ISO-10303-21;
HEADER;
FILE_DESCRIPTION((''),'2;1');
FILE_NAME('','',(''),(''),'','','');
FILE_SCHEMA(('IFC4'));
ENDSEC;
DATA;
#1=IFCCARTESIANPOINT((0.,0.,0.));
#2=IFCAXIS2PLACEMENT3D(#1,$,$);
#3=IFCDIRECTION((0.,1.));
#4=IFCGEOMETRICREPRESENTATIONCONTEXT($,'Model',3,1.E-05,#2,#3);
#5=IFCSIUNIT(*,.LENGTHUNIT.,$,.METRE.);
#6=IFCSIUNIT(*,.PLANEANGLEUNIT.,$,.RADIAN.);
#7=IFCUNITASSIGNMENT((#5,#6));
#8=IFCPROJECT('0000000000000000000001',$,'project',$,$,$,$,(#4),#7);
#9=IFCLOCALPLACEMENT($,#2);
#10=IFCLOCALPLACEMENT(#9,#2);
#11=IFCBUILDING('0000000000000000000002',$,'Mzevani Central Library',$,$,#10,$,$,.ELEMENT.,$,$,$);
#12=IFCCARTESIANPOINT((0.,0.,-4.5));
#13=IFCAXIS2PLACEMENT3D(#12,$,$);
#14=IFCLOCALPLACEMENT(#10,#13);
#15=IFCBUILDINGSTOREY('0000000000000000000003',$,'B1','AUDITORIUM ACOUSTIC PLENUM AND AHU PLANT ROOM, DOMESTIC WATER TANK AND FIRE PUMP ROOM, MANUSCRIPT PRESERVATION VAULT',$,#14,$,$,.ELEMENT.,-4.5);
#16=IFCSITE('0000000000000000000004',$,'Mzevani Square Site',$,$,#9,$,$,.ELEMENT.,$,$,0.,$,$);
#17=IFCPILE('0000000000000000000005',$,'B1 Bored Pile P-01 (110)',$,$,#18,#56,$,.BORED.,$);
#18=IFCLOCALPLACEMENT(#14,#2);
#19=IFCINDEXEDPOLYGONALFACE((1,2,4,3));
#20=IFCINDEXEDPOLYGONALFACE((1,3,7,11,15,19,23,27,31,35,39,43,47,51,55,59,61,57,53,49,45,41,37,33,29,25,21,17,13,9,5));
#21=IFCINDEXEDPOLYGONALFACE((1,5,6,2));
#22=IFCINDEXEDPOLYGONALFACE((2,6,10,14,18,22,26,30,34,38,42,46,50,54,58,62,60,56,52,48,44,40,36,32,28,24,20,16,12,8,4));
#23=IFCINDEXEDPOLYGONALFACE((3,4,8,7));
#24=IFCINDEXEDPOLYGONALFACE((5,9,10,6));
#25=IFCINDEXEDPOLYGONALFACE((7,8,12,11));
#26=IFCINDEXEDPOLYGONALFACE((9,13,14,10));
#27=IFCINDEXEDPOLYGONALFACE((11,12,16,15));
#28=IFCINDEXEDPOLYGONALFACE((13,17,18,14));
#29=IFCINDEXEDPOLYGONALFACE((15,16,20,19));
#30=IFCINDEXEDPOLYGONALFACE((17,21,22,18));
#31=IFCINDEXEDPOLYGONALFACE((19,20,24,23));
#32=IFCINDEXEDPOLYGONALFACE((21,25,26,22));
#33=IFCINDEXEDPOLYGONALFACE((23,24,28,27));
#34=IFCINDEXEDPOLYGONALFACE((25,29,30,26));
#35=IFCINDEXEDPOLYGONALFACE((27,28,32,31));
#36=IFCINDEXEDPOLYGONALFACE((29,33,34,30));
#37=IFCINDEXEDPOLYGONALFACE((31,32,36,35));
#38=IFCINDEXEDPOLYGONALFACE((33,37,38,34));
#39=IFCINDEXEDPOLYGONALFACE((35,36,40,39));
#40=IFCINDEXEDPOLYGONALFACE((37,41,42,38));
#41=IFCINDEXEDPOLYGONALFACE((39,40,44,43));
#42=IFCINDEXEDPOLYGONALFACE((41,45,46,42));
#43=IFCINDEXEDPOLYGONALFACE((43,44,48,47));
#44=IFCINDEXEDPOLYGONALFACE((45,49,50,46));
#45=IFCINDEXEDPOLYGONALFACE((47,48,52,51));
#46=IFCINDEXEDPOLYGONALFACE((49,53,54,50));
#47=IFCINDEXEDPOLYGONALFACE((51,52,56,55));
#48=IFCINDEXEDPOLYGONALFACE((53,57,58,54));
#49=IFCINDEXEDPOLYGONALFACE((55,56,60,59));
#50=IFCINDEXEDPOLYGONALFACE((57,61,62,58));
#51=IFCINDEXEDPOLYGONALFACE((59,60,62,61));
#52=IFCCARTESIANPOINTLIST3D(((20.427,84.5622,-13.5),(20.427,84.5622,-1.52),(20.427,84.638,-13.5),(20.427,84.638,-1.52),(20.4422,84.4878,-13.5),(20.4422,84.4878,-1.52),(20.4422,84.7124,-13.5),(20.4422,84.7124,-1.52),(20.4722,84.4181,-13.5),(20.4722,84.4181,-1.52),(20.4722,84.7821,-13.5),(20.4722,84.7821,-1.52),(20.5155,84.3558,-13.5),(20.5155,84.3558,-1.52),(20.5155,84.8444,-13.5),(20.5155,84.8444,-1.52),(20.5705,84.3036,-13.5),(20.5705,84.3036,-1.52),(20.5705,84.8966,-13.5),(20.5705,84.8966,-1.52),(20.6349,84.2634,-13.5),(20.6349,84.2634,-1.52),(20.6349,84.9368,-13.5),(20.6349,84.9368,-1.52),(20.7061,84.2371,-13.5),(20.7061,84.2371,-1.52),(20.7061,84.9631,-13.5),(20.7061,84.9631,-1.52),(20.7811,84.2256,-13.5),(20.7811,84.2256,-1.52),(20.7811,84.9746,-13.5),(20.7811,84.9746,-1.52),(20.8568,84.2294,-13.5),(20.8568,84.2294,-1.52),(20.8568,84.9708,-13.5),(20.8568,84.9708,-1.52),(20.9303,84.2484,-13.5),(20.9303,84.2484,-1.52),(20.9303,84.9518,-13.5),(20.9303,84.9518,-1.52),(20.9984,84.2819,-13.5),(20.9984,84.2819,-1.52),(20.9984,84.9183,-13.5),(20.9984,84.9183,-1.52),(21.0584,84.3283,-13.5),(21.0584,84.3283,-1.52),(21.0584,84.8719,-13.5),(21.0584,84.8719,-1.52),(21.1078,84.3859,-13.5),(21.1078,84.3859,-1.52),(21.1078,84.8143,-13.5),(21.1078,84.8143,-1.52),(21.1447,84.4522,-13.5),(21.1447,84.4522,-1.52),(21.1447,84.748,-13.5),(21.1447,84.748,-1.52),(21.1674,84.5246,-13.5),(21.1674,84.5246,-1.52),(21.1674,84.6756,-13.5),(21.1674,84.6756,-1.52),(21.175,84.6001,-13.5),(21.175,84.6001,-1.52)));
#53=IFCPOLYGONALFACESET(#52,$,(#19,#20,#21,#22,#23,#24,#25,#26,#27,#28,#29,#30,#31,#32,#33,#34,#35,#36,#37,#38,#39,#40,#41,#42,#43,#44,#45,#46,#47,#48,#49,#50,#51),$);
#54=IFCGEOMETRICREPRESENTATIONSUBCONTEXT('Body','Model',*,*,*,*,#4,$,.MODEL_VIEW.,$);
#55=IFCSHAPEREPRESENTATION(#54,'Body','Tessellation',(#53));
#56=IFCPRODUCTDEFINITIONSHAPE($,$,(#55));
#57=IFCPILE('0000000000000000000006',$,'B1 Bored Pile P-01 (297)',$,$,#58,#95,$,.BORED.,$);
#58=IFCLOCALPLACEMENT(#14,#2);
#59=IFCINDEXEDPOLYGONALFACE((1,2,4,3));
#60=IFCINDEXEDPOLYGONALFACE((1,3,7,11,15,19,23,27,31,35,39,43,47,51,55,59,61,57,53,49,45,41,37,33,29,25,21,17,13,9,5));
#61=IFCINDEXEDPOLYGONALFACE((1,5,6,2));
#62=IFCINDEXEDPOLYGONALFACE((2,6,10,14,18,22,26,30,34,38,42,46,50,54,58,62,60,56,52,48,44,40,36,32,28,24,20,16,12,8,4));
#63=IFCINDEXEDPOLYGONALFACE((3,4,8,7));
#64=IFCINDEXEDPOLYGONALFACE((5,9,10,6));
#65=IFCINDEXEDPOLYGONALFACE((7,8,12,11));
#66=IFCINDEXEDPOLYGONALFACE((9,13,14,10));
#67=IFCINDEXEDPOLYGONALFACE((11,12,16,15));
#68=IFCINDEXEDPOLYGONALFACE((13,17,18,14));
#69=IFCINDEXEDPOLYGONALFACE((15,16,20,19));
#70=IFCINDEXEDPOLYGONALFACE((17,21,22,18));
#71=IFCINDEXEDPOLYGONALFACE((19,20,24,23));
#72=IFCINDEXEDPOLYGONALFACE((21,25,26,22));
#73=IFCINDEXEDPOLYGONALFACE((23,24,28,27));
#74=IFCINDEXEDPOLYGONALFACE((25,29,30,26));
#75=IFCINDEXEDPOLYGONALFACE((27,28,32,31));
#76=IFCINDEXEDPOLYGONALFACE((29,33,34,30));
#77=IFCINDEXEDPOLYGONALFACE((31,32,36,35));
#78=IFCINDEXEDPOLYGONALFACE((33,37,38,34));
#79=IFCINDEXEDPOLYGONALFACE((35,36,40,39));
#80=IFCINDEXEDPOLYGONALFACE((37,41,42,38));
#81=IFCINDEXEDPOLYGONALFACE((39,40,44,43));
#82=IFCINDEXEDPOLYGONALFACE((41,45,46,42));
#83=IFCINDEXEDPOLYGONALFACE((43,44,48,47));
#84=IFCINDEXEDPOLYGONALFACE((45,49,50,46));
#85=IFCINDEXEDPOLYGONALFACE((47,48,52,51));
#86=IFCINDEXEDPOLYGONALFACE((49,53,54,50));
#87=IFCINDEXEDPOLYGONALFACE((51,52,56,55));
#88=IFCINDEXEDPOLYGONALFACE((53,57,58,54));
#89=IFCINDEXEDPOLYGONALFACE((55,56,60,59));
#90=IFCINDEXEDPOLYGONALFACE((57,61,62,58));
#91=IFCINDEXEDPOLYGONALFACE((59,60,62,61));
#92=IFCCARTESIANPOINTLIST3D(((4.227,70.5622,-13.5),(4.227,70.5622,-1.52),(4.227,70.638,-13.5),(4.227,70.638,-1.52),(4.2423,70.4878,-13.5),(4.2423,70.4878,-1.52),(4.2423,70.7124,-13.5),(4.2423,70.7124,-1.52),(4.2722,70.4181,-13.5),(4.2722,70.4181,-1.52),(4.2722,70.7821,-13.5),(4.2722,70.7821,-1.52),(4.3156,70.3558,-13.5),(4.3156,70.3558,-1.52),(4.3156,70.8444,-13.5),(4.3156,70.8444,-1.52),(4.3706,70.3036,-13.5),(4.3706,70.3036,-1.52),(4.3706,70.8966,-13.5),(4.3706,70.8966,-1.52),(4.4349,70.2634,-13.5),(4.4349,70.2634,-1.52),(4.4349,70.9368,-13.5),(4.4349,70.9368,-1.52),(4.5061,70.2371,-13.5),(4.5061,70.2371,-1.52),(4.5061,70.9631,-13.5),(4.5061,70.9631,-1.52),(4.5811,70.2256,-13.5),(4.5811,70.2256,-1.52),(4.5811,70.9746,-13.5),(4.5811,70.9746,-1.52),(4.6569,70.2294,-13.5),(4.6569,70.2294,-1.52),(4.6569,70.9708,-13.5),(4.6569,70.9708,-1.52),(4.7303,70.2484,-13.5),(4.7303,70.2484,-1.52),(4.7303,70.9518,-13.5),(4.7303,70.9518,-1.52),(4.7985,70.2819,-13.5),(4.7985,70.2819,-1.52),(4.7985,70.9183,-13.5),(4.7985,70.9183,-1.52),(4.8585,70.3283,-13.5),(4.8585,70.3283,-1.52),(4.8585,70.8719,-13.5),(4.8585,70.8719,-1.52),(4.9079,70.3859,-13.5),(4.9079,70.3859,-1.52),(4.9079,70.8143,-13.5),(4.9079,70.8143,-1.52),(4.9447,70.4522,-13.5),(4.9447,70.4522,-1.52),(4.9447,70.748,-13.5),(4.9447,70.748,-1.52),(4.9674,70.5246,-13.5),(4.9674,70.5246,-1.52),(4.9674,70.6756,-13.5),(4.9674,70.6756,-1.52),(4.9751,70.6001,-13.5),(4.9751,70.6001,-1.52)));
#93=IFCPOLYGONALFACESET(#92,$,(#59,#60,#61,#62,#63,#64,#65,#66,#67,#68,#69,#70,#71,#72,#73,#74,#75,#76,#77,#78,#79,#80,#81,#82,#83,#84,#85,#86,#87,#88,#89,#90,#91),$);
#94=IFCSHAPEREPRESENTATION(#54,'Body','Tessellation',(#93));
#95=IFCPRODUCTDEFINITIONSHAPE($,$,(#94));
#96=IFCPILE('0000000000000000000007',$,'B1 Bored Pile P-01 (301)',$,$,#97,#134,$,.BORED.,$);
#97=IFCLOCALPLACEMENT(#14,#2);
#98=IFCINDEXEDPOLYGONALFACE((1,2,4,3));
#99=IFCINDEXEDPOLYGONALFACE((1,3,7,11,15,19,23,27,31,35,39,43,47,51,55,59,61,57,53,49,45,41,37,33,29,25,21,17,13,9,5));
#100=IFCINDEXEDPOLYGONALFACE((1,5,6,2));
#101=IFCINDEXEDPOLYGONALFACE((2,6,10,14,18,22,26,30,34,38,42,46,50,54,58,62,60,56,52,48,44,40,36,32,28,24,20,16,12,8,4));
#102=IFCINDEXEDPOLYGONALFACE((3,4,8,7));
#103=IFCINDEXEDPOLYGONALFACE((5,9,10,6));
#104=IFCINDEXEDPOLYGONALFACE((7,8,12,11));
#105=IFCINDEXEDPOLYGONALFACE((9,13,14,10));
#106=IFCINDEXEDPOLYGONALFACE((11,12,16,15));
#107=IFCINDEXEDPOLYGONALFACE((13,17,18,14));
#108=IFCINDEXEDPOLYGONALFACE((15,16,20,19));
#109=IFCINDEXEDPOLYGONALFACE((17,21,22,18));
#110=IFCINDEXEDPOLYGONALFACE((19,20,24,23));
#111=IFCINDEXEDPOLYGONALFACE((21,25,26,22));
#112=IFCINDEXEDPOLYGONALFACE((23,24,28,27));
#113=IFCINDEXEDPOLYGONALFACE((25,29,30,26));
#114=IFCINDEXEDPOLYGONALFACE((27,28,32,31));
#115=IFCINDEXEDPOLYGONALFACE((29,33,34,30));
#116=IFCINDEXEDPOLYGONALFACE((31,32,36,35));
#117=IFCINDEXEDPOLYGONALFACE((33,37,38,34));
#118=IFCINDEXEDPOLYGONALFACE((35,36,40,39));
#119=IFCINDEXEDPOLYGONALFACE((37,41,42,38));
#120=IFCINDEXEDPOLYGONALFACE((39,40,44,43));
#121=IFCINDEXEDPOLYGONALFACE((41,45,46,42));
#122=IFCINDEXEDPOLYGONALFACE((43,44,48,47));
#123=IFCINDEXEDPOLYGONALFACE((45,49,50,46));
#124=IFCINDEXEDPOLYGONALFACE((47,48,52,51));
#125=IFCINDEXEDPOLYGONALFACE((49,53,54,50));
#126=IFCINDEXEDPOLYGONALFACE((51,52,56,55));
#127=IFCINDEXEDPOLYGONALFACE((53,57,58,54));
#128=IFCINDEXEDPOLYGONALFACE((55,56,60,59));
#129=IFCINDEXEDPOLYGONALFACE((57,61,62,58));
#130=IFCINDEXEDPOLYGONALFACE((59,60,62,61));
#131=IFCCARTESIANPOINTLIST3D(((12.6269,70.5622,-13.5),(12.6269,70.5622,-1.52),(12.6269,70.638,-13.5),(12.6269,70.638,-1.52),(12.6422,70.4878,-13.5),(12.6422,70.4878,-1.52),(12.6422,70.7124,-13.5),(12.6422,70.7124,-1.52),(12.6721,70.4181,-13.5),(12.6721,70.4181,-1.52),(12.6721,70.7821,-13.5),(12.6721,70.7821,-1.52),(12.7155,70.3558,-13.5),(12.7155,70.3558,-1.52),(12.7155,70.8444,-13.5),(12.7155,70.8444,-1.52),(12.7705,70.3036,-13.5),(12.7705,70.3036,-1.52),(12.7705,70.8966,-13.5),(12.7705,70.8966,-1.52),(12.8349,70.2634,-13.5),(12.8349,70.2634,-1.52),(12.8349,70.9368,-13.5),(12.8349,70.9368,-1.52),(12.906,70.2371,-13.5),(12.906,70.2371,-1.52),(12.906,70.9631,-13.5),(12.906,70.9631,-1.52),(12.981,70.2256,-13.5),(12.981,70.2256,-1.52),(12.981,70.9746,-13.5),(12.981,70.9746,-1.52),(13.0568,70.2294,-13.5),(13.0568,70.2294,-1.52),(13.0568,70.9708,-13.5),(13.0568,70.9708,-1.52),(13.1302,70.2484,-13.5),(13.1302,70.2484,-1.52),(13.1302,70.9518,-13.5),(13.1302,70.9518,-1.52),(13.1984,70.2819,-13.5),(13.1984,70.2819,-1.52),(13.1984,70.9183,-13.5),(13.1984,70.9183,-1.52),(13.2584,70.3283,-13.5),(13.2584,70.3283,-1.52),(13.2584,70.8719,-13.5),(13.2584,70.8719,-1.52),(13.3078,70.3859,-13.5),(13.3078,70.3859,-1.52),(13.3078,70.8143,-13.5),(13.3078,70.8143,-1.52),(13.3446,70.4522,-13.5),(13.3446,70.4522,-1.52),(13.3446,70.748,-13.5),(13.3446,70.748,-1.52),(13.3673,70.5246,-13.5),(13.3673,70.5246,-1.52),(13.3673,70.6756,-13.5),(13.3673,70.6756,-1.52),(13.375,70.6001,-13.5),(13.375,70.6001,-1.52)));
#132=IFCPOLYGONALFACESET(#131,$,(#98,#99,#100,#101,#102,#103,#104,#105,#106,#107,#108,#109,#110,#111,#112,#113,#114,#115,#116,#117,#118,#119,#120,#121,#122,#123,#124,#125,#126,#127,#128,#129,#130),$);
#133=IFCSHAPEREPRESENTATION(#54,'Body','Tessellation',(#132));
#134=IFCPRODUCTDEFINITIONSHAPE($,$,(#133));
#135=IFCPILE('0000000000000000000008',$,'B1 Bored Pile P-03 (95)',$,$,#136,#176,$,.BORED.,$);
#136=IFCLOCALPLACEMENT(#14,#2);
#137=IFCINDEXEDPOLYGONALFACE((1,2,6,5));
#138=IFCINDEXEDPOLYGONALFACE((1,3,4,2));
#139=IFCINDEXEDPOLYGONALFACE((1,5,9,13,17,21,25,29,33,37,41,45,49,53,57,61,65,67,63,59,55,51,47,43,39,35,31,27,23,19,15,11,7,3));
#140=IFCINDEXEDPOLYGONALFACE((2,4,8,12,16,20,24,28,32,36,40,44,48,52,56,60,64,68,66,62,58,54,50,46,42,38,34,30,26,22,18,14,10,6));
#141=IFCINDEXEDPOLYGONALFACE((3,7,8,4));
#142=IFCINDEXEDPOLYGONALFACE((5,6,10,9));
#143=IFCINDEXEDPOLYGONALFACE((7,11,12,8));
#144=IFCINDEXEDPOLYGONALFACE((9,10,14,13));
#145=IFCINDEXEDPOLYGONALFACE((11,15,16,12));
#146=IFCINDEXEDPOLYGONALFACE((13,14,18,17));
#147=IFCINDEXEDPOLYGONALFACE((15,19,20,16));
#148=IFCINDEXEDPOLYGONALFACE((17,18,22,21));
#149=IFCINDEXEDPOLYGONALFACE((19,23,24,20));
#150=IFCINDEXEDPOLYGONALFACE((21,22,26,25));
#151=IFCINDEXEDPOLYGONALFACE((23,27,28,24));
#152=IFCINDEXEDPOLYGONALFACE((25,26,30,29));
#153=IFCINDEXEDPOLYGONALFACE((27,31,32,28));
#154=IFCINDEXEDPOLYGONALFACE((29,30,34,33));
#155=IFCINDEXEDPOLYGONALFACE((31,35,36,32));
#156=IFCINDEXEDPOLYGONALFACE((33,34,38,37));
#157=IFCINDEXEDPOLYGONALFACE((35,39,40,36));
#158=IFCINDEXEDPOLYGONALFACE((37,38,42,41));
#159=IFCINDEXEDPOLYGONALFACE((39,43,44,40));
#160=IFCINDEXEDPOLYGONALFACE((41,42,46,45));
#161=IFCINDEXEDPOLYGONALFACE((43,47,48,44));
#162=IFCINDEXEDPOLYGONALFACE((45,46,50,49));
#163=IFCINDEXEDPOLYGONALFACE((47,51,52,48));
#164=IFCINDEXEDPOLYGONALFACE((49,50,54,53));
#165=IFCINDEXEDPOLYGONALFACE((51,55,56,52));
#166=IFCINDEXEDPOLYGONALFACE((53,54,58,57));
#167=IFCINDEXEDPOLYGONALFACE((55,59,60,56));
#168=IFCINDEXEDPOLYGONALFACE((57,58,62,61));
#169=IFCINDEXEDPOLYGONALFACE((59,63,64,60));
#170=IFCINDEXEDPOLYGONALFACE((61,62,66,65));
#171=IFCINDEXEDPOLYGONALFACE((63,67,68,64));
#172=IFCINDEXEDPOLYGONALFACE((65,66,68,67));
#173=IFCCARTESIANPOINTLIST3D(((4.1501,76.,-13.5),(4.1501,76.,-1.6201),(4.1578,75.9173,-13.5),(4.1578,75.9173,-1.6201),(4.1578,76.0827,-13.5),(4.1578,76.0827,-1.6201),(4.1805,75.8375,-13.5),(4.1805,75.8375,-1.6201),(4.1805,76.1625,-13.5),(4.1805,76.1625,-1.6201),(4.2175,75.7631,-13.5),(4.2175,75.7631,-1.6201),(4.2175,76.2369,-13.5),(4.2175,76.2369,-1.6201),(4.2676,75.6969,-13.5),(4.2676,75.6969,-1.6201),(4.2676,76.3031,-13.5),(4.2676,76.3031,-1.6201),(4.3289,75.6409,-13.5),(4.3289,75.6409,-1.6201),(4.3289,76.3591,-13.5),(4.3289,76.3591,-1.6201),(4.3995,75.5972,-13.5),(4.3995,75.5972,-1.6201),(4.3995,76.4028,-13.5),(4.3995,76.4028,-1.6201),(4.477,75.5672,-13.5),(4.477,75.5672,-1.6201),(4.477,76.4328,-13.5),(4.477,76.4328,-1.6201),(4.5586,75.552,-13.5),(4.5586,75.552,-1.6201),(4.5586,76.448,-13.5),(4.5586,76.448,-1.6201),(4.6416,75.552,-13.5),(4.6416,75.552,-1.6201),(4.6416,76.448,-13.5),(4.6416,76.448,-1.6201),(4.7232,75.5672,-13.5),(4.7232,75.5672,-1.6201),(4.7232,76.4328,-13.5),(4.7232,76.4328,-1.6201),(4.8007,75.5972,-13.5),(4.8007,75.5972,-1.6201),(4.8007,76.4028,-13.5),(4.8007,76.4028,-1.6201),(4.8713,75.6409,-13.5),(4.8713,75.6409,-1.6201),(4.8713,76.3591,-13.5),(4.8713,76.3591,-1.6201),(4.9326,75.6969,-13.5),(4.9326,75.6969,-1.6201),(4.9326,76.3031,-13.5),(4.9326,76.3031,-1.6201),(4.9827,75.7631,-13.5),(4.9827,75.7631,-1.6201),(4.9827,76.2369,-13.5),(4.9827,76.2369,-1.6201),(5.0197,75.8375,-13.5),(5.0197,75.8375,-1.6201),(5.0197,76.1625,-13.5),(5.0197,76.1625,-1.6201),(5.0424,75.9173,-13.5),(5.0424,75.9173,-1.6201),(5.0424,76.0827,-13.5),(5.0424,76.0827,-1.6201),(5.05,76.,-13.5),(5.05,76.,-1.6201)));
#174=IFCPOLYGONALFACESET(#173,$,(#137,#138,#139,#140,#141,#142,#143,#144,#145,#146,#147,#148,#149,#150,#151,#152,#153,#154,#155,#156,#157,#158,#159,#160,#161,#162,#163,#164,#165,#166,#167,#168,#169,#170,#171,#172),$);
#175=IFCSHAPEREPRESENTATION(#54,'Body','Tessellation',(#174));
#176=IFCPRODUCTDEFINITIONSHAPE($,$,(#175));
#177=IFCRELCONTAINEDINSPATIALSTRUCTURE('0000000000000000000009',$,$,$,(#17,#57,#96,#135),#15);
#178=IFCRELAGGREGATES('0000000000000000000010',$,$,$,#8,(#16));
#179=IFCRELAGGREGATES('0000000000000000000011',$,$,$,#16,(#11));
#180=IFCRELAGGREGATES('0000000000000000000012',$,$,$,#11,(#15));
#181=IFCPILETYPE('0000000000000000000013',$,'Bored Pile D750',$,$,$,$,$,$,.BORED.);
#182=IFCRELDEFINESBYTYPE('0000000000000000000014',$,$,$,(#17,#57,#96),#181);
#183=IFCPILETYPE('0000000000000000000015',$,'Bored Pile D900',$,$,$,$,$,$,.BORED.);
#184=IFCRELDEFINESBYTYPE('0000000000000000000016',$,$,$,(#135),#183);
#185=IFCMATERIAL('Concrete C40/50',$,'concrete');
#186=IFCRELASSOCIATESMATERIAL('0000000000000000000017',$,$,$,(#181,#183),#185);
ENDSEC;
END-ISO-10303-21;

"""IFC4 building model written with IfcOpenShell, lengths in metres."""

from ifc_helpers import new_model, si_unit, direction, frame, origin, origin_2d, place, context, subcontext, project, spatial, circle, extrude, material, material_profile, profile_set, type_object, element, save


model = new_model("IFC4")

# Units and contexts
model_context = context("Model", 3, precision=1e-05, world=origin(), true_north=direction((0.0, 1.0)))
body_context = subcontext(model_context, "Body", "Model", "MODEL_VIEW")
ifc_project = project(units=[si_unit("LENGTHUNIT", "METRE"), si_unit("PLANEANGLEUNIT", "RADIAN")], contexts=[model_context])

# Site, building, storey
site_placement = place(None, origin())
site = spatial("IfcSite", under=ifc_project, at=site_placement, Name="Mzevani Square Site", CompositionType="ELEMENT", RefElevation=0.0)
building_placement = place(site_placement, origin())
building = spatial("IfcBuilding", under=site, at=building_placement, Name="Mzevani Central Library", CompositionType="ELEMENT")
storey_placement = place(building_placement, frame((0.0, 0.0, -4.5)))
storey = spatial("IfcBuildingStorey", under=building, at=storey_placement, Name="B1", Description="AUDITORIUM ACOUSTIC PLENUM AND AHU PLANT ROOM, DOMESTIC WATER TANK AND FIRE PUMP ROOM, MANUSCRIPT PRESERVATION VAULT", CompositionType="ELEMENT", Elevation=-4.5)

# Piles
ifc_material_1 = material(Name="Concrete C40/50", Category="concrete")
ifc_material_profile_1 = material_profile(ifc_material_1, circle(Radius=0.375, at=origin_2d()), Name="PILE D750")
ifc_profile_set_1 = profile_set([ifc_material_profile_1], Name="Concrete C40/50")
pile_type_1 = type_object("IfcPileType", Name="Bored Pile D750", PredefinedType="BORED", material=ifc_profile_set_1)
for number, where, z_axis, x_axis, name in (
    (1, (20.8, 84.6001, -1.52), (0.0, 0.0, -1.0), (1.0, 0.0, 0.0), "B1 Bored Pile P-01 (110)"),
    (2, (4.6001, 70.6001, -1.52), (0.0, 0.0, -1.0), (1.0, 0.0, 0.0), "B1 Bored Pile P-01 (297)"),
    (3, (13.0, 70.6001, -1.52), (0.0, 0.0, -1.0), (1.0, 0.0, 0.0), "B1 Bored Pile P-01 (301)"),
):
    element("IfcPile", number, at=place(storey_placement, frame(where, z_axis=z_axis, x_axis=x_axis)), inside=storey, type_object=pile_type_1, Name=name, PredefinedType="BORED", context=body_context, shape_type="SweptSolid", body=[
        extrude(circle(Radius=0.375, at=origin_2d()), origin(), (0.0, 0.0, 1.0), 11.98),
    ])
ifc_material_profile_2 = material_profile(ifc_material_1, circle(Radius=0.45, at=origin_2d()), Name="PILE D900")
ifc_profile_set_2 = profile_set([ifc_material_profile_2], Name="Concrete C40/50")
pile_type_2 = type_object("IfcPileType", Name="Bored Pile D900", PredefinedType="BORED", material=ifc_profile_set_2)
for number, where, z_axis, x_axis, name in (
    (4, (4.6001, 76.0, -1.6201), (0.0, 0.0, -1.0), (1.0, 0.0, 0.0), "B1 Bored Pile P-03 (95)"),
):
    element("IfcPile", number, at=place(storey_placement, frame(where, z_axis=z_axis, x_axis=x_axis)), inside=storey, type_object=pile_type_2, Name=name, PredefinedType="BORED", context=body_context, shape_type="SweptSolid", body=[
        extrude(circle(Radius=0.45, at=origin_2d()), origin(), (0.0, 0.0, 1.0), 11.8799),
    ])

save(model, "model.ifc")
